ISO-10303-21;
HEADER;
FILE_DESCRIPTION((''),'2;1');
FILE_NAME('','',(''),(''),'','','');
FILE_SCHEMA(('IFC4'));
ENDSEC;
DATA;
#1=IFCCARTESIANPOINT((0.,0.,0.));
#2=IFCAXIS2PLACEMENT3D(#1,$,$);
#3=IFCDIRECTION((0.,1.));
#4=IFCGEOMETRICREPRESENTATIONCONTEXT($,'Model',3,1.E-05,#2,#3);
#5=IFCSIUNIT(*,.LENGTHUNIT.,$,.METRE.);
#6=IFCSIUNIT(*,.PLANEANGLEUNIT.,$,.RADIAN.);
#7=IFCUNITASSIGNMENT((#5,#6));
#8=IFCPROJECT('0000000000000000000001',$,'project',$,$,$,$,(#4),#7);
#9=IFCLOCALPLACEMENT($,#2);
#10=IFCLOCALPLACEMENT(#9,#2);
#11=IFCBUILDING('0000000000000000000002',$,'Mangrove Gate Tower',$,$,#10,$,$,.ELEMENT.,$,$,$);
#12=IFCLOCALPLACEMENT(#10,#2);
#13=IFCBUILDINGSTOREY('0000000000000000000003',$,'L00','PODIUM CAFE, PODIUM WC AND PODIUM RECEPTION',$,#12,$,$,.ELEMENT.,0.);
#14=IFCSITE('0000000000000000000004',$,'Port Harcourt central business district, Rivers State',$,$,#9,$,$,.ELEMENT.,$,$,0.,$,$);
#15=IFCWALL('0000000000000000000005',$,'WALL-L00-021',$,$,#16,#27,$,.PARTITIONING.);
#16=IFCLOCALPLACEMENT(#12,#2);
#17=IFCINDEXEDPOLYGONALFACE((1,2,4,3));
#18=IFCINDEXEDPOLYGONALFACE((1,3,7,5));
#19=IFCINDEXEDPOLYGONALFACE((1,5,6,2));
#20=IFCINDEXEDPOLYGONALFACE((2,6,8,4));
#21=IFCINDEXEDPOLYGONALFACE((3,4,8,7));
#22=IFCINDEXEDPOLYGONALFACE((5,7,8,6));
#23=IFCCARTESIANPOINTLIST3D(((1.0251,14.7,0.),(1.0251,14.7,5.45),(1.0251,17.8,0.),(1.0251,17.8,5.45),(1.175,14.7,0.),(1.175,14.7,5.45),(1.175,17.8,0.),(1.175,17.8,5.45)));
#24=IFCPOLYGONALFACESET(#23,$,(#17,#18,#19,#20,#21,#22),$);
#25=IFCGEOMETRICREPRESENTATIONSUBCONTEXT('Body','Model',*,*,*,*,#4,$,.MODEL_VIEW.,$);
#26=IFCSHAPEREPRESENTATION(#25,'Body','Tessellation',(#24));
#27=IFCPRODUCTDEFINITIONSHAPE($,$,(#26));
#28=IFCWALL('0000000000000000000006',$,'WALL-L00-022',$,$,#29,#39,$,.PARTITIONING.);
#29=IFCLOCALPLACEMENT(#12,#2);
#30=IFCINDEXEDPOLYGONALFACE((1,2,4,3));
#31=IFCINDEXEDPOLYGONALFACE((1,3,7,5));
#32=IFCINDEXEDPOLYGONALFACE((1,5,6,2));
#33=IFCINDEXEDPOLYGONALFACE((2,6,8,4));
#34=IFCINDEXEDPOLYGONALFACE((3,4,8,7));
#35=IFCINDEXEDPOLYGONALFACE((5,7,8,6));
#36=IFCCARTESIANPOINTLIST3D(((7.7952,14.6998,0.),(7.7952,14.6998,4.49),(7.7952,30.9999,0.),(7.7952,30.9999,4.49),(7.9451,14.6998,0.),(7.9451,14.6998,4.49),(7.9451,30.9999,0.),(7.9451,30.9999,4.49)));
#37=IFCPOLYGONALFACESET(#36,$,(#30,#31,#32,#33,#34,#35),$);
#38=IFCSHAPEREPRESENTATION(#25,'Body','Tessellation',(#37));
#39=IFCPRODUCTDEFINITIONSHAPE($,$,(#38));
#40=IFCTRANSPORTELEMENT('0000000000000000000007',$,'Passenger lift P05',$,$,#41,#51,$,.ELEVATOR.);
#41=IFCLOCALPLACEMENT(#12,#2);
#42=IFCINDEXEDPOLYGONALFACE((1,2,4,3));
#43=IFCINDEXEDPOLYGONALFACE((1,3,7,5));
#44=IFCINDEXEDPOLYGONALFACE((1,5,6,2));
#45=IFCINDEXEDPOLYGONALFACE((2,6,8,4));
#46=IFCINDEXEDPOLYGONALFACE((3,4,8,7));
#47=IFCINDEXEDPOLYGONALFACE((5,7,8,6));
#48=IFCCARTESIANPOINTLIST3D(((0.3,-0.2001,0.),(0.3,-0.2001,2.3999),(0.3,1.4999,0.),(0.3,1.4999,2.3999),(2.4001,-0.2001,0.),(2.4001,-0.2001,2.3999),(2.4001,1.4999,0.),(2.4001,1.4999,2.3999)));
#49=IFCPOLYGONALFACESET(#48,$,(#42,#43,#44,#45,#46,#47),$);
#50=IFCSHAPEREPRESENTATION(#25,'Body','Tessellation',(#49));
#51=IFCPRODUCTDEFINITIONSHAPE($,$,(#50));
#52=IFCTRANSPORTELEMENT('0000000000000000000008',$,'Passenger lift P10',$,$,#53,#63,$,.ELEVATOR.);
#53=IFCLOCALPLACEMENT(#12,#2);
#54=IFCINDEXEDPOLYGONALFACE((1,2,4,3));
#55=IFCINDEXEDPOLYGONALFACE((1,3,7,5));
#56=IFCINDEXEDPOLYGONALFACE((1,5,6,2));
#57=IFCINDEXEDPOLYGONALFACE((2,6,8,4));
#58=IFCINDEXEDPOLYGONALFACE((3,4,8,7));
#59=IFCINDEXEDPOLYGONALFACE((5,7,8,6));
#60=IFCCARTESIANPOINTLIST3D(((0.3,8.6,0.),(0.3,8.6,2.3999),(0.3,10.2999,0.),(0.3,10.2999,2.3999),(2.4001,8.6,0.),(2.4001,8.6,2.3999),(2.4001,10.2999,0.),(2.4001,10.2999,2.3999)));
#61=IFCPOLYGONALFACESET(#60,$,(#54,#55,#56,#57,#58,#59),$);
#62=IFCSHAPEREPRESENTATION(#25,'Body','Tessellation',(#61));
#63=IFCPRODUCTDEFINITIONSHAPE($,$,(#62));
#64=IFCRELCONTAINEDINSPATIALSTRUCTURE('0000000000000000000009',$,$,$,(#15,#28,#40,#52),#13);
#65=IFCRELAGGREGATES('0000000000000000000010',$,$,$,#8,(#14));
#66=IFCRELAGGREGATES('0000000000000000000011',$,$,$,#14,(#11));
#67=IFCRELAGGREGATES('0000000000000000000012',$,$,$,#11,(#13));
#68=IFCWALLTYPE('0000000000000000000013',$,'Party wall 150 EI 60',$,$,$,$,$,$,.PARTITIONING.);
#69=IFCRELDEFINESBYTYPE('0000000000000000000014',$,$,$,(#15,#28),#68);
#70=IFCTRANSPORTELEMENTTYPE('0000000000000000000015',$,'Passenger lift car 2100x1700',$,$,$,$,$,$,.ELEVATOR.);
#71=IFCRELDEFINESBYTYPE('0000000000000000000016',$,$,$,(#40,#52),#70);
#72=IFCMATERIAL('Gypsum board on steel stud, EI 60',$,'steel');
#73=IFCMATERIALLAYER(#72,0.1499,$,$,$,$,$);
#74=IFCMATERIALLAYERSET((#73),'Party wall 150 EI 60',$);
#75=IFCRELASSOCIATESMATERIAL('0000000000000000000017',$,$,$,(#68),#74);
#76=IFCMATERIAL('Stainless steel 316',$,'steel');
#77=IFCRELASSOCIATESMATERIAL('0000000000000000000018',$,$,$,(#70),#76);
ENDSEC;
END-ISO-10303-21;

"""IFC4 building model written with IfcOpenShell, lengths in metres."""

from ifc_helpers import new_model, si_unit, direction, frame, frame_2d, origin, origin_2d, place, context, subcontext, project, spatial, rectangle, extrude, material, layer, layer_set, type_object, element, save


model = new_model("IFC4")

# Units and contexts
model_context = context("Model", 3, precision=1e-05, world=origin(), true_north=direction((0.0, 1.0)))
body_context = subcontext(model_context, "Body", "Model", "MODEL_VIEW")
ifc_project = project(units=[si_unit("LENGTHUNIT", "METRE"), si_unit("PLANEANGLEUNIT", "RADIAN")], contexts=[model_context])

# Site, building, storey
site_placement = place(None, origin())
site = spatial("IfcSite", under=ifc_project, at=site_placement, Name="Port Harcourt central business district, Rivers State", CompositionType="ELEMENT", RefElevation=0.0)
building_placement = place(site_placement, origin())
building = spatial("IfcBuilding", under=site, at=building_placement, Name="Mangrove Gate Tower", CompositionType="ELEMENT")
storey_placement = place(building_placement, origin())
storey = spatial("IfcBuildingStorey", under=building, at=storey_placement, Name="L00", Description="PODIUM CAFE, PODIUM WC AND PODIUM RECEPTION", CompositionType="ELEMENT", Elevation=0.0)

# Walls
ifc_material_1 = material(Name="Gypsum board on steel stud, EI 60", Category="steel")
ifc_layer_1 = layer(ifc_material_1, 0.1499)
ifc_layer_set_1 = layer_set([ifc_layer_1], Name="Party wall 150 EI 60")
wall_type_1 = type_object("IfcWallType", Name="Party wall 150 EI 60", PredefinedType="PARTITIONING", material=ifc_layer_set_1)
wall_1_placement = place(storey_placement, frame((1.1001, 14.7, 0.0), z_axis=(0.0, 0.0, 1.0), x_axis=(0.0, 1.0, 0.0)))
element("IfcWall", 1, at=wall_1_placement, inside=storey, type_object=wall_type_1, Name="WALL-L00-021", PredefinedType="PARTITIONING", context=body_context, shape_type="SweptSolid", body=[
    extrude(rectangle(XDim=3.1001, YDim=0.1499, at=frame_2d((1.55, 0.0))), origin(), (0.0, 0.0, 1.0), 5.45),
])
wall_2_placement = place(storey_placement, frame((7.8701, 14.7, 0.0), z_axis=(0.0, 0.0, 1.0), x_axis=(0.0, 1.0, 0.0)))
element("IfcWall", 2, at=wall_2_placement, inside=storey, type_object=wall_type_1, Name="WALL-L00-022", PredefinedType="PARTITIONING", context=body_context, shape_type="SweptSolid", body=[
    extrude(rectangle(XDim=16.3, YDim=0.1499, at=frame_2d((8.1499, 0.0))), origin(), (0.0, 0.0, 1.0), 4.49),
])

# Transport elements
ifc_material_2 = material(Name="Stainless steel 316", Category="steel")
transport_element_type = type_object("IfcTransportElementType", Name="Passenger lift car 2100x1700", PredefinedType="ELEVATOR", material=ifc_material_2)
for number, where, z_axis, x_axis, name in (
    (3, (1.3501, 0.6499, 0.0), (0.0, 0.0, 1.0), (1.0, 0.0, 0.0), "Passenger lift P05"),
    (4, (1.3501, 9.45, 0.0), (0.0, 0.0, 1.0), (1.0, 0.0, 0.0), "Passenger lift P10"),
):
    element("IfcTransportElement", number, at=place(storey_placement, frame(where, z_axis=z_axis, x_axis=x_axis)), inside=storey, type_object=transport_element_type, Name=name, PredefinedType="ELEVATOR", context=body_context, shape_type="SweptSolid", body=[
        extrude(rectangle(XDim=2.1001, YDim=1.7, at=origin_2d()), origin(), (0.0, 0.0, 1.0), 2.3999),
    ])

save(model, "model.ifc")
